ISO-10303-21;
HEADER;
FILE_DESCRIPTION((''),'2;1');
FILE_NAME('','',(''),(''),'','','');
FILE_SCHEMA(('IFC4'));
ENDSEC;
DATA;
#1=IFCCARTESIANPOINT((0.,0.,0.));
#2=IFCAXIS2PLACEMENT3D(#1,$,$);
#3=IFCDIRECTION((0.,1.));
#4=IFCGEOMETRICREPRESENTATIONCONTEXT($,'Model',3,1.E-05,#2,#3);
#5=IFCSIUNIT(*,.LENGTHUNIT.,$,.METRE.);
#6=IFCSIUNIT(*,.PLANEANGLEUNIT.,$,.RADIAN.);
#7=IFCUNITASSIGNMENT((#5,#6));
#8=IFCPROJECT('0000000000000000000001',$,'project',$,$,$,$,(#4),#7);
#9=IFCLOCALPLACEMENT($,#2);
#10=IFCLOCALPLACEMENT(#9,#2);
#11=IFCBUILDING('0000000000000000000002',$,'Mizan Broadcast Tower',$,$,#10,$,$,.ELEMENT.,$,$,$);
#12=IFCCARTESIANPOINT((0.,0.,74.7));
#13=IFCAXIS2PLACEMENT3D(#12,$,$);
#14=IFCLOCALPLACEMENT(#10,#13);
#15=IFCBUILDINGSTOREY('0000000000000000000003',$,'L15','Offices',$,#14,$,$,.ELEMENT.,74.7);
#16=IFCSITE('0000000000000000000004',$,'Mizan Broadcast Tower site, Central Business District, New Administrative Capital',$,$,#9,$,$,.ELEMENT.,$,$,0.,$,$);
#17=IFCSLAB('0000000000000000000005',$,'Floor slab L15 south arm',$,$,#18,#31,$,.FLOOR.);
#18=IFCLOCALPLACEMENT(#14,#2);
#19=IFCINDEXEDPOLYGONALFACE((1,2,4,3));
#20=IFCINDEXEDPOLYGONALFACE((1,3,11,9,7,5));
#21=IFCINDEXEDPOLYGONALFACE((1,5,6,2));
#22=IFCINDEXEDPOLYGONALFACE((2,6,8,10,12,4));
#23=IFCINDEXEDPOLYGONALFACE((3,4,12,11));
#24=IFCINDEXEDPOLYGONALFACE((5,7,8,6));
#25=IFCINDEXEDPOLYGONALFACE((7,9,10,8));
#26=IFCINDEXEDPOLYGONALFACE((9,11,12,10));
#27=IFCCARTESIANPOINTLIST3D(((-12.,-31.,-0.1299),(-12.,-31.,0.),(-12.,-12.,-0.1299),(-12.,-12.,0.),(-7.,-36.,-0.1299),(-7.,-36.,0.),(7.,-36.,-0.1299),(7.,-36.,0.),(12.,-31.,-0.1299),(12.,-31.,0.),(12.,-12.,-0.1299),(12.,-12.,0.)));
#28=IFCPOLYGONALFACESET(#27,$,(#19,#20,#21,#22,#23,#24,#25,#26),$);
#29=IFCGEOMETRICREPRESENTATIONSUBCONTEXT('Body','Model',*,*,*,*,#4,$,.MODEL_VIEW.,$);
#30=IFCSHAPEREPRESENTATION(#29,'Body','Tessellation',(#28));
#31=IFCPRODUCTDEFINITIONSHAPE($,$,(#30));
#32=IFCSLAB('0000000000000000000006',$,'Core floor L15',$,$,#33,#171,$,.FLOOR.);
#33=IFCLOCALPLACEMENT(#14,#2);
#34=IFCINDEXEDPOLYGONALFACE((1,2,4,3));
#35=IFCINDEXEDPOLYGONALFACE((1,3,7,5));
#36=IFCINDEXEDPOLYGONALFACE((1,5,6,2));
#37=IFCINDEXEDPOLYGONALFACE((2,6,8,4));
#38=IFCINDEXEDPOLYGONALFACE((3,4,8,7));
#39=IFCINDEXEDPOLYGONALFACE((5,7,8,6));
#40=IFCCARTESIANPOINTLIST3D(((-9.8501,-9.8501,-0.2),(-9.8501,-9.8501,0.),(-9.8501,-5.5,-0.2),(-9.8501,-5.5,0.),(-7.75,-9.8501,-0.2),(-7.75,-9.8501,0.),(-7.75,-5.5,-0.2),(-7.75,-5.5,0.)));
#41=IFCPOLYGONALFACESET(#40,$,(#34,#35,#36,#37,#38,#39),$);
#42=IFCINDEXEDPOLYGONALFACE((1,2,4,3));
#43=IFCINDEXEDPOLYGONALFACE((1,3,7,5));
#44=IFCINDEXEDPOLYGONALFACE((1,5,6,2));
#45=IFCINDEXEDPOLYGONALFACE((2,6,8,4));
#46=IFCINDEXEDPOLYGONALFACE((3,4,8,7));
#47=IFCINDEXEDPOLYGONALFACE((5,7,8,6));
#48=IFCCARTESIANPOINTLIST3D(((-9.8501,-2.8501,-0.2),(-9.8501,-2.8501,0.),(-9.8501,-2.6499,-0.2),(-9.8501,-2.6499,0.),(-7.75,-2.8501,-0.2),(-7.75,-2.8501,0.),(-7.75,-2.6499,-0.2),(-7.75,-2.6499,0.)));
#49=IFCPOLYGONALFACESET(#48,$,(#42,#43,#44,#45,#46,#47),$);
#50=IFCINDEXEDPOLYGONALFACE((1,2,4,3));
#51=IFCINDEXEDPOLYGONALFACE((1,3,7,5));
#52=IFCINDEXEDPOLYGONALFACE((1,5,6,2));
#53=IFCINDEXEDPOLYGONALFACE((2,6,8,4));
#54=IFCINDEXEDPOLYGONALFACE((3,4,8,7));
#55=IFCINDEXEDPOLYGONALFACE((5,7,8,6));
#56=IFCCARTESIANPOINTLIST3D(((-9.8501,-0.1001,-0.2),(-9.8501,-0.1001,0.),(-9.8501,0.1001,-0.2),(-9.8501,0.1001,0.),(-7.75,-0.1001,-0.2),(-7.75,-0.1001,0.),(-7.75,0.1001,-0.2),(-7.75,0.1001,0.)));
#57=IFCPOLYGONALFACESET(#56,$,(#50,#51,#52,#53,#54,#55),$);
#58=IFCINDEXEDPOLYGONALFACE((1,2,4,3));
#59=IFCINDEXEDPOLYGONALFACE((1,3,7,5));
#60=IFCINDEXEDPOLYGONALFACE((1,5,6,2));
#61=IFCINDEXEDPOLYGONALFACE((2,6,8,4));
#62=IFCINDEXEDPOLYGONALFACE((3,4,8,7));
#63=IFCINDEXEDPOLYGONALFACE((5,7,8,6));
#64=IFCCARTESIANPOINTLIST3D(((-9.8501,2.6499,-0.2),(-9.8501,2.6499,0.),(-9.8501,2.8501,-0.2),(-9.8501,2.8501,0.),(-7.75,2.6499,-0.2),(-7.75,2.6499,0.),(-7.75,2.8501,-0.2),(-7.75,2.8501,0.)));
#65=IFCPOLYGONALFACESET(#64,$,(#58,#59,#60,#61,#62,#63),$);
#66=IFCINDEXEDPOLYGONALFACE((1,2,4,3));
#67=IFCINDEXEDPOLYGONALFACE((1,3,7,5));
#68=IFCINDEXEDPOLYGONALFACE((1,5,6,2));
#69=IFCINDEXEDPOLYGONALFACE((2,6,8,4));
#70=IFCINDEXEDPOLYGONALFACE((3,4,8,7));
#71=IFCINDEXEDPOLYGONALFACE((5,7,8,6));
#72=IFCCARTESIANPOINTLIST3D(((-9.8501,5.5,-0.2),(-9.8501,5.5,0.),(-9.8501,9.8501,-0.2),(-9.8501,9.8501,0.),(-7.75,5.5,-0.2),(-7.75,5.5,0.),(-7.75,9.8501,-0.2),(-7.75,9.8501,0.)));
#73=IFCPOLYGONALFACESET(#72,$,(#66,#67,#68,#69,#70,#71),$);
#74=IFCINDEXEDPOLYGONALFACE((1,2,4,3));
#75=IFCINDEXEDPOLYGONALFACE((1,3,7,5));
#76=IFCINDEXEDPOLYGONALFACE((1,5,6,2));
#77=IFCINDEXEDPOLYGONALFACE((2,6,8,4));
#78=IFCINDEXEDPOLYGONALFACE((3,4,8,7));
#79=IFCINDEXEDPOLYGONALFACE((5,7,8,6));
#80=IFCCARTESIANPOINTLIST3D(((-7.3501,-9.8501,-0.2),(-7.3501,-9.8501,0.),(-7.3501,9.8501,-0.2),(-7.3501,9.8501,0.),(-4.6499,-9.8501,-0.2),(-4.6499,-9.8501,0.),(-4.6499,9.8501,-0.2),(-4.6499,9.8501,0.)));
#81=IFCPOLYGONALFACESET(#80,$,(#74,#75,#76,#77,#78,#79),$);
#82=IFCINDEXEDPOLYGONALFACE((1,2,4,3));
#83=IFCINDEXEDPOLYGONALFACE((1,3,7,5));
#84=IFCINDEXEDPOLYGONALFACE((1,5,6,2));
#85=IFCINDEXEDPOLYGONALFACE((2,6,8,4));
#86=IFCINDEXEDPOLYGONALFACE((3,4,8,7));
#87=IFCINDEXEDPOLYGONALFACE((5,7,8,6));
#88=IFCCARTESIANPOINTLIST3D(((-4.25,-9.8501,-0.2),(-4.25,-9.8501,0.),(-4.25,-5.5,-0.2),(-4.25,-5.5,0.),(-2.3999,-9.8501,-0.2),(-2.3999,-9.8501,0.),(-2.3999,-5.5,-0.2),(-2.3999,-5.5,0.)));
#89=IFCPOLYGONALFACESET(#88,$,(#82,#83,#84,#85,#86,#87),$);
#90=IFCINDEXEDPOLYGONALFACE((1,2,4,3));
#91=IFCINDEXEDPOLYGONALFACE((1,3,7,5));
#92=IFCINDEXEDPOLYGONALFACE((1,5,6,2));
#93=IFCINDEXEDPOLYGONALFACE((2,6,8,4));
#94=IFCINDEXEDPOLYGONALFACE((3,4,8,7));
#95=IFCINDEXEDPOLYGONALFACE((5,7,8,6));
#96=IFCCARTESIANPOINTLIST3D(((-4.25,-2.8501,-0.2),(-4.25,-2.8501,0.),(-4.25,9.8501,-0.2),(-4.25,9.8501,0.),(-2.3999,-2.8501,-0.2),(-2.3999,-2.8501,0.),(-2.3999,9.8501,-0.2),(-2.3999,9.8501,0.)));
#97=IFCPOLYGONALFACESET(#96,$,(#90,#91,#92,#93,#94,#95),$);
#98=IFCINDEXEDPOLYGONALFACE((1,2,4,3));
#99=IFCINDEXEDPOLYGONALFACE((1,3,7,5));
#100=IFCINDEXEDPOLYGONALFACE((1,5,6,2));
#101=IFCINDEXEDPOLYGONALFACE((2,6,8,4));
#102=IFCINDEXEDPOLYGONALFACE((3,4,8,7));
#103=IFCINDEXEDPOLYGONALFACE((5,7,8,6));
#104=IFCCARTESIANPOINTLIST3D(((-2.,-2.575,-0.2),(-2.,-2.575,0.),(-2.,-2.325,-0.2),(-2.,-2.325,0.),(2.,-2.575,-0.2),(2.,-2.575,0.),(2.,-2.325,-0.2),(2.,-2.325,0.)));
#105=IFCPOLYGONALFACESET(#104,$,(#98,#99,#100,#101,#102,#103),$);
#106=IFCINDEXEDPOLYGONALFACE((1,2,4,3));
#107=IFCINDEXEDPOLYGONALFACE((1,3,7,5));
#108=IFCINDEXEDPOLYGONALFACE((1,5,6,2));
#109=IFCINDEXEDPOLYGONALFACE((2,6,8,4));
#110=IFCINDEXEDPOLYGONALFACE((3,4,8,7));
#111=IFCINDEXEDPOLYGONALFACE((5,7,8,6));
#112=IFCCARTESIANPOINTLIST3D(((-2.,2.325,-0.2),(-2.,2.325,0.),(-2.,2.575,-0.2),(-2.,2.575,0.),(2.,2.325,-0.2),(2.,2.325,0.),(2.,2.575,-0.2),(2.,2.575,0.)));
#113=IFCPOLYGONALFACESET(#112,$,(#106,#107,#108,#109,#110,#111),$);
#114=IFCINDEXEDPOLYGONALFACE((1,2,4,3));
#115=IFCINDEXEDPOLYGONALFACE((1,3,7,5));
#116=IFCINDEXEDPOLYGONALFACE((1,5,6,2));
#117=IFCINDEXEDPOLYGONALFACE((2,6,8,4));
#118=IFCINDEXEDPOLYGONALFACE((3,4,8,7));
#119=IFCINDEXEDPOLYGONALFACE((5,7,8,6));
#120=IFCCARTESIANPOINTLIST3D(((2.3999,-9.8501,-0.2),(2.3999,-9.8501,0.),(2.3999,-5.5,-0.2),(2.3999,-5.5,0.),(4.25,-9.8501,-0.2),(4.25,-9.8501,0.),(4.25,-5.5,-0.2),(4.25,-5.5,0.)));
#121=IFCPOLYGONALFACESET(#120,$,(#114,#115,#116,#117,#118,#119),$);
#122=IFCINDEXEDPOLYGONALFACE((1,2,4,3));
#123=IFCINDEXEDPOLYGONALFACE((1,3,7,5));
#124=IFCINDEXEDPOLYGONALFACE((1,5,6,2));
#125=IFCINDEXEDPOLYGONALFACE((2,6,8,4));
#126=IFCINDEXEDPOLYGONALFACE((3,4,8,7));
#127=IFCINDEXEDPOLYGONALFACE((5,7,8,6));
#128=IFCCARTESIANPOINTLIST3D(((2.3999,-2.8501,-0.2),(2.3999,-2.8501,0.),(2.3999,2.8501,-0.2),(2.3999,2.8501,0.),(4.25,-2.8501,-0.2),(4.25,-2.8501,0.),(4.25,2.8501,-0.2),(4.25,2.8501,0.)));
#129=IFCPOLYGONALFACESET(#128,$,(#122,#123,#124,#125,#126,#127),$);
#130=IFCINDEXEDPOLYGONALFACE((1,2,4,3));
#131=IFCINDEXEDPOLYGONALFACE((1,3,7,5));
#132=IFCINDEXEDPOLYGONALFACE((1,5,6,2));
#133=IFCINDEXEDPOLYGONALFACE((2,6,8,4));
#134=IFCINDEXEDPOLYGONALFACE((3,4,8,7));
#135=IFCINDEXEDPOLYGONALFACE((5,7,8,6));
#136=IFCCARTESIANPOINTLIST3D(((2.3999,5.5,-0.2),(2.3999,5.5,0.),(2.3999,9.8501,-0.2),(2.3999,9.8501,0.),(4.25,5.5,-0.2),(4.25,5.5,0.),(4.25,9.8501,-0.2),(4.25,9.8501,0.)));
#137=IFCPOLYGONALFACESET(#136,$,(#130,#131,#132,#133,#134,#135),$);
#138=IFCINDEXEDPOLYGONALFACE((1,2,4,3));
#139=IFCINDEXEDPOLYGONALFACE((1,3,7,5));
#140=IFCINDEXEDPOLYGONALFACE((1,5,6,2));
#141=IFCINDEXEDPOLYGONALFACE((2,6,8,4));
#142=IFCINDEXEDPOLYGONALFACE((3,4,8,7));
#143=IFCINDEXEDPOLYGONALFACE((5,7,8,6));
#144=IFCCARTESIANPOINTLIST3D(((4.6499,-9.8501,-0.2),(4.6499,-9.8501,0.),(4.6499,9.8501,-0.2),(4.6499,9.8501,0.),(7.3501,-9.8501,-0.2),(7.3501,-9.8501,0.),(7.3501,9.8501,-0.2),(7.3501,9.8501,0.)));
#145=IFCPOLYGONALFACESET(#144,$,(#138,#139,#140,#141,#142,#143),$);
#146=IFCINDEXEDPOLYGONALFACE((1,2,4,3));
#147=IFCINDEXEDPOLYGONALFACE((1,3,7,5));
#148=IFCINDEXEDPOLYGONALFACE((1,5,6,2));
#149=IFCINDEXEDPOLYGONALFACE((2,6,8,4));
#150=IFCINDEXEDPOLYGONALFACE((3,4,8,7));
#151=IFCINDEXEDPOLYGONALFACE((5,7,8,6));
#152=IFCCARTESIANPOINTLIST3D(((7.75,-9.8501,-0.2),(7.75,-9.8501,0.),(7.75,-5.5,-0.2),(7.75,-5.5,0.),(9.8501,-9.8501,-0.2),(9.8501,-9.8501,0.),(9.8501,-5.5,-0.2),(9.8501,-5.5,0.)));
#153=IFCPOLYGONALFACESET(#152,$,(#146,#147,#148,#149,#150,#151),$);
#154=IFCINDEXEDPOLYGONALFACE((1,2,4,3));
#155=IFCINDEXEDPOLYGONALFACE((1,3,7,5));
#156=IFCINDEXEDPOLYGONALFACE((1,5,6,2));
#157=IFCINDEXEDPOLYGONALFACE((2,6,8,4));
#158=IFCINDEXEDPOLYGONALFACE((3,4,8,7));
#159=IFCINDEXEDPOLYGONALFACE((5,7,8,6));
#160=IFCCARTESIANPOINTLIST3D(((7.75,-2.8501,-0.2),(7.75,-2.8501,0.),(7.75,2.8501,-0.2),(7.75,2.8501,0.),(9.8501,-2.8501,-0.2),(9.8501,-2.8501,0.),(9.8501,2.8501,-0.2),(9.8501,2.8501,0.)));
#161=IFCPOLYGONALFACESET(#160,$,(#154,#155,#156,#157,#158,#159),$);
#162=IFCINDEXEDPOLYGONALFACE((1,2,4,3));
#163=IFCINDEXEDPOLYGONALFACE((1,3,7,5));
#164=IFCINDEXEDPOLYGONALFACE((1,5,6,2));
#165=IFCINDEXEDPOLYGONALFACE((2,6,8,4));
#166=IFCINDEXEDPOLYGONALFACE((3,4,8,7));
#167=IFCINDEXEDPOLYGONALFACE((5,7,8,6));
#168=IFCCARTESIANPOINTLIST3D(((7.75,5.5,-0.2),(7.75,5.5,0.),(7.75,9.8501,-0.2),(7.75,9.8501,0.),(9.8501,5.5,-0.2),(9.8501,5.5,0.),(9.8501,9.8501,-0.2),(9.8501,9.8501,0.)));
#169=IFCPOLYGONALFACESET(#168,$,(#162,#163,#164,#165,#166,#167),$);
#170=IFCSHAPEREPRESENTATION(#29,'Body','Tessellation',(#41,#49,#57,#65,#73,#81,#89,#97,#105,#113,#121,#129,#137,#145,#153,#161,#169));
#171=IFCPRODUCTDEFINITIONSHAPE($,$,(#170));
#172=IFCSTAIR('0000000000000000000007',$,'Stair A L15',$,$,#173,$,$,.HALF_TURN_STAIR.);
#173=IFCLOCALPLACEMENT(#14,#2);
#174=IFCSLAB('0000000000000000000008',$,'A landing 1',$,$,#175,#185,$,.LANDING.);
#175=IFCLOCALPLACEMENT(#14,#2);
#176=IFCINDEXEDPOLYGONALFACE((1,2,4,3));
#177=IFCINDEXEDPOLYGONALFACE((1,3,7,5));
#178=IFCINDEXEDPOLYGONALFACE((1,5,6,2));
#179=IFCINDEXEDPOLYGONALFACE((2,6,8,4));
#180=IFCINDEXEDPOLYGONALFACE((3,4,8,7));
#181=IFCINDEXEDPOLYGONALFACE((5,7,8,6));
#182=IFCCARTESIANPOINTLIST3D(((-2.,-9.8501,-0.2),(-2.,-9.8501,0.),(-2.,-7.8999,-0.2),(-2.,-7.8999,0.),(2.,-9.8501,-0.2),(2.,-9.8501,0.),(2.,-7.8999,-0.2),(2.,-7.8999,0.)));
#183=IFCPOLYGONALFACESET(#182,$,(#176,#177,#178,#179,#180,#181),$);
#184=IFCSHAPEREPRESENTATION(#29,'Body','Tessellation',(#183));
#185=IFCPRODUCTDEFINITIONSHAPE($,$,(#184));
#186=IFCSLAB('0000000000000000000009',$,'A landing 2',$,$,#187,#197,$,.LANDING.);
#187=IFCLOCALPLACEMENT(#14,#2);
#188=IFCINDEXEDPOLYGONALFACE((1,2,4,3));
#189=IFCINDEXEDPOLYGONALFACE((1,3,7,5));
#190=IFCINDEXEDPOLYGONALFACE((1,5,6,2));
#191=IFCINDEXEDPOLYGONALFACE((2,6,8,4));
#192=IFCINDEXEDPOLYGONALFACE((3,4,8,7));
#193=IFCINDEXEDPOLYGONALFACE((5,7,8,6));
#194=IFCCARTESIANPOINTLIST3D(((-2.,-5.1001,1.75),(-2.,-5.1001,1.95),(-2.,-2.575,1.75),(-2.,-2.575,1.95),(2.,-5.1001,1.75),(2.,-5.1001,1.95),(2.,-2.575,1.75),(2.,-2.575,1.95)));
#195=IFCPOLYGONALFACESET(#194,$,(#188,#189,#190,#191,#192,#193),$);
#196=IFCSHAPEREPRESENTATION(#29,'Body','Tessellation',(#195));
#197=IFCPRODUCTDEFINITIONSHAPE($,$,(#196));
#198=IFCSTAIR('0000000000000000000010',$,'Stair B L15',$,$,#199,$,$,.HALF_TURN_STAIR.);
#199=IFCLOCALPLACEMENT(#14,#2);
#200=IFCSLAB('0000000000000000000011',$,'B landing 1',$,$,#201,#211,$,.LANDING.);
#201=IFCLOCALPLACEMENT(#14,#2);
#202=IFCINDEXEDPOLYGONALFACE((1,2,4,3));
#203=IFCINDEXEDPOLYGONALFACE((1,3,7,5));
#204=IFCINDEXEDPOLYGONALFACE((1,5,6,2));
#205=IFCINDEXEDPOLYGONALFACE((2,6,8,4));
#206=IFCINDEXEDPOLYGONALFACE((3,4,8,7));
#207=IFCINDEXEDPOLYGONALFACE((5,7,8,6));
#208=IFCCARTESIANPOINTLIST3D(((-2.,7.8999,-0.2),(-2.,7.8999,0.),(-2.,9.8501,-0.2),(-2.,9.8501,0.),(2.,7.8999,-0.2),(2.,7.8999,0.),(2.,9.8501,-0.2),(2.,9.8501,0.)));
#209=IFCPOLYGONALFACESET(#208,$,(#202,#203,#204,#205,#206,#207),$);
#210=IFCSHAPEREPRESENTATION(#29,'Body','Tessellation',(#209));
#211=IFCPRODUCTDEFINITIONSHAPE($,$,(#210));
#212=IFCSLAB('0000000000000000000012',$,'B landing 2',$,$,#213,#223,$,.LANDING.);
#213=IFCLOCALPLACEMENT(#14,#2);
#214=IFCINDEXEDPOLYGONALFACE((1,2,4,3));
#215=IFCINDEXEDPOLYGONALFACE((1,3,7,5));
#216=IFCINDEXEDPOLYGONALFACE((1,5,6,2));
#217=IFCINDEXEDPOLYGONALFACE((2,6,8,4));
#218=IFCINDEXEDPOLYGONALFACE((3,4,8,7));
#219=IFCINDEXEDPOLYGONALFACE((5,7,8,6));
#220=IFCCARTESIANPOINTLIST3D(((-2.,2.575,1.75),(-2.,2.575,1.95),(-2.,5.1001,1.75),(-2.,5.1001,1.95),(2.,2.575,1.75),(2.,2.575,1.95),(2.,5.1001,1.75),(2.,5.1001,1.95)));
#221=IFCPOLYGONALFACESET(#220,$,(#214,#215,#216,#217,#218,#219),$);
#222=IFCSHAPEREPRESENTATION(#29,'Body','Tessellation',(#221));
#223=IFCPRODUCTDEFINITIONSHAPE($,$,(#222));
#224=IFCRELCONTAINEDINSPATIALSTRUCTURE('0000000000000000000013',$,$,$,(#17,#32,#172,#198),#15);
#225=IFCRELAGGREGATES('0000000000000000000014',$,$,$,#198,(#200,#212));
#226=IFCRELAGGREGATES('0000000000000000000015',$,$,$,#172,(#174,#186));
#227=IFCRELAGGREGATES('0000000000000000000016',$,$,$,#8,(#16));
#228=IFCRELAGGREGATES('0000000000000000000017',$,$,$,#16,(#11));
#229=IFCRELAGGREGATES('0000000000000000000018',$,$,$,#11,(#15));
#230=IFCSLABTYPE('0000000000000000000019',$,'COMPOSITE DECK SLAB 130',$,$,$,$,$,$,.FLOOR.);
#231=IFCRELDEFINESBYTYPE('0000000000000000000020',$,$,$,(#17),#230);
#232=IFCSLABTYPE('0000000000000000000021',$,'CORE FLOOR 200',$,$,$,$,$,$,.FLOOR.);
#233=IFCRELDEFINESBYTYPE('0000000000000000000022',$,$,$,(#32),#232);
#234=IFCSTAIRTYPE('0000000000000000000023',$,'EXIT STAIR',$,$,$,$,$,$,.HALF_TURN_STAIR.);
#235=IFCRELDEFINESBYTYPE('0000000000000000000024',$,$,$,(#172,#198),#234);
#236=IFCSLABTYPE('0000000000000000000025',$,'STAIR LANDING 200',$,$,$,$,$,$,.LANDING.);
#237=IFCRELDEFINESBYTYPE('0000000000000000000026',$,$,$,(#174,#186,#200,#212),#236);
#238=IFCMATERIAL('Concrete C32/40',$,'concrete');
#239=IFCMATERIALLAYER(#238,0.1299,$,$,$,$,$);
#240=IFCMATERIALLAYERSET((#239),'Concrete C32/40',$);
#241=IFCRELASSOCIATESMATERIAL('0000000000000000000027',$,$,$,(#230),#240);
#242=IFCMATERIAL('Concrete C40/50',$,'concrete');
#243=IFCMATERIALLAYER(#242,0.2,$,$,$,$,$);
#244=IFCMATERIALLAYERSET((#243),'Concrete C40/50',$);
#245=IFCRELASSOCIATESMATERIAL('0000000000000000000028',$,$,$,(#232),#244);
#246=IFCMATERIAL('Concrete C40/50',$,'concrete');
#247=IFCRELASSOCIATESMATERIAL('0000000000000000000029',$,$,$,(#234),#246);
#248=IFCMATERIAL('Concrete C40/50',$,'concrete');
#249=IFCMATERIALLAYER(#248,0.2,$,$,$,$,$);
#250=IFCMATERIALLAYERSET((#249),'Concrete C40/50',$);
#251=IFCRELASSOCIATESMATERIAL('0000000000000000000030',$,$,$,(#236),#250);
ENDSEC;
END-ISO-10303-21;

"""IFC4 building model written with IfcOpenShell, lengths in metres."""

from ifc_helpers import new_model, si_unit, direction, frame, origin, place, context, subcontext, project, spatial, polyline, outline, extrude, material, layer, layer_set, type_object, element, aggregate, save


model = new_model("IFC4")

# Units and contexts
model_context = context("Model", 3, precision=1e-05, world=origin(), true_north=direction((0.0, 1.0)))
body_context = subcontext(model_context, "Body", "Model", "MODEL_VIEW")
ifc_project = project(units=[si_unit("LENGTHUNIT", "METRE"), si_unit("PLANEANGLEUNIT", "RADIAN")], contexts=[model_context])

# Site, building, storey
site_placement = place(None, origin())
site = spatial("IfcSite", under=ifc_project, at=site_placement, Name="Mizan Broadcast Tower site, Central Business District, New Administrative Capital", CompositionType="ELEMENT", RefElevation=0.0)
building_placement = place(site_placement, origin())
building = spatial("IfcBuilding", under=site, at=building_placement, Name="Mizan Broadcast Tower", CompositionType="ELEMENT")
storey_placement = place(building_placement, frame((0.0, 0.0, 74.7)))
storey = spatial("IfcBuildingStorey", under=building, at=storey_placement, Name="L15", Description="Offices", CompositionType="ELEMENT", Elevation=74.7)

# Slabs
ifc_material_1 = material(Name="Concrete C32/40", Category="concrete")
ifc_layer_1 = layer(ifc_material_1, 0.1299)
ifc_layer_set_1 = layer_set([ifc_layer_1], Name="Concrete C32/40")
slab_type_1 = type_object("IfcSlabType", Name="COMPOSITE DECK SLAB 130", PredefinedType="FLOOR", material=ifc_layer_set_1)
slab_1_placement = place(storey_placement, frame((0.0, 0.0, -0.1299)))
element("IfcSlab", 1, at=slab_1_placement, inside=storey, type_object=slab_type_1, Name="Floor slab L15 south arm", PredefinedType="FLOOR", context=body_context, shape_type="SweptSolid", body=[
    extrude(outline(polyline([(7.0, -36.0), (12.0, -31.0), (12.0, -12.0), (-12.0, -12.0), (-12.0, -31.0), (-7.0, -36.0), (7.0, -36.0)])), origin(), (0.0, 0.0, 1.0), 0.1299),
])
ifc_material_2 = material(Name="Concrete C40/50", Category="concrete")
ifc_layer_2 = layer(ifc_material_2, 0.2)
ifc_layer_set_2 = layer_set([ifc_layer_2], Name="Concrete C40/50")
slab_type_2 = type_object("IfcSlabType", Name="CORE FLOOR 200", PredefinedType="FLOOR", material=ifc_layer_set_2)
slab_2_placement = place(storey_placement, frame((0.0, 0.0, -0.2)))
element("IfcSlab", 2, at=slab_2_placement, inside=storey, type_object=slab_type_2, Name="Core floor L15", PredefinedType="FLOOR", context=body_context, shape_type="SweptSolid", body=[
    extrude(outline(polyline([(-9.8501, -9.8501), (-7.75, -9.8501), (-7.75, -5.5), (-9.8501, -5.5), (-9.8501, -9.8501)])), origin(), (0.0, 0.0, 1.0), 0.2),
    extrude(outline(polyline([(-9.8501, -2.8501), (-7.75, -2.8501), (-7.75, -2.6499), (-9.8501, -2.6499), (-9.8501, -2.8501)])), origin(), (0.0, 0.0, 1.0), 0.2),
    extrude(outline(polyline([(-9.8501, -0.1001), (-7.75, -0.1001), (-7.75, 0.1001), (-9.8501, 0.1001), (-9.8501, -0.1001)])), origin(), (0.0, 0.0, 1.0), 0.2),
    extrude(outline(polyline([(-9.8501, 2.6499), (-7.75, 2.6499), (-7.75, 2.8501), (-9.8501, 2.8501), (-9.8501, 2.6499)])), origin(), (0.0, 0.0, 1.0), 0.2),
    extrude(outline(polyline([(-9.8501, 5.5), (-7.75, 5.5), (-7.75, 9.8501), (-9.8501, 9.8501), (-9.8501, 5.5)])), origin(), (0.0, 0.0, 1.0), 0.2),
    extrude(outline(polyline([(-4.6499, 9.8501), (-7.3501, 9.8501), (-7.3501, -9.8501), (-4.6499, -9.8501), (-4.6499, 9.8501)])), origin(), (0.0, 0.0, 1.0), 0.2),
    extrude(outline(polyline([(-4.25, -5.5), (-4.25, -9.8501), (-2.3999, -9.8501), (-2.3999, -5.5), (-4.25, -5.5)])), origin(), (0.0, 0.0, 1.0), 0.2),
    extrude(outline(polyline([(-4.25, -2.8501), (-2.3999, -2.8501), (-2.3999, 9.8501), (-4.25, 9.8501), (-4.25, -2.8501)])), origin(), (0.0, 0.0, 1.0), 0.2),
    extrude(outline(polyline([(2.0, -2.325), (-2.0, -2.325), (-2.0, -2.575), (2.0, -2.575), (2.0, -2.325)])), origin(), (0.0, 0.0, 1.0), 0.2),
    extrude(outline(polyline([(2.0, 2.575), (-2.0, 2.575), (-2.0, 2.325), (2.0, 2.325), (2.0, 2.575)])), origin(), (0.0, 0.0, 1.0), 0.2),
    extrude(outline(polyline([(4.25, -9.8501), (4.25, -5.5), (2.3999, -5.5), (2.3999, -9.8501), (4.25, -9.8501)])), origin(), (0.0, 0.0, 1.0), 0.2),
    extrude(outline(polyline([(4.25, -2.8501), (4.25, 2.8501), (2.3999, 2.8501), (2.3999, -2.8501), (4.25, -2.8501)])), origin(), (0.0, 0.0, 1.0), 0.2),
    extrude(outline(polyline([(4.25, 5.5), (4.25, 9.8501), (2.3999, 9.8501), (2.3999, 5.5), (4.25, 5.5)])), origin(), (0.0, 0.0, 1.0), 0.2),
    extrude(outline(polyline([(4.6499, 9.8501), (4.6499, -9.8501), (7.3501, -9.8501), (7.3501, 9.8501), (4.6499, 9.8501)])), origin(), (0.0, 0.0, 1.0), 0.2),
    extrude(outline(polyline([(9.8501, -9.8501), (9.8501, -5.5), (7.75, -5.5), (7.75, -9.8501), (9.8501, -9.8501)])), origin(), (0.0, 0.0, 1.0), 0.2),
    extrude(outline(polyline([(7.75, 2.8501), (7.75, -2.8501), (9.8501, -2.8501), (9.8501, 2.8501), (7.75, 2.8501)])), origin(), (0.0, 0.0, 1.0), 0.2),
    extrude(outline(polyline([(9.8501, 5.5), (9.8501, 9.8501), (7.75, 9.8501), (7.75, 5.5), (9.8501, 5.5)])), origin(), (0.0, 0.0, 1.0), 0.2),
])

# Stairs, slabs
ifc_material_3 = material(Name="Concrete C40/50", Category="concrete")
stair_type = type_object("IfcStairType", Name="EXIT STAIR", PredefinedType="HALF_TURN_STAIR", material=ifc_material_3)
stair_1_placement = place(storey_placement, origin())
stair_1 = element("IfcStair", 3, at=stair_1_placement, inside=storey, type_object=stair_type, Name="Stair A L15", PredefinedType="HALF_TURN_STAIR")
ifc_material_4 = material(Name="Concrete C40/50", Category="concrete")
ifc_layer_3 = layer(ifc_material_4, 0.2)
ifc_layer_set_3 = layer_set([ifc_layer_3], Name="Concrete C40/50")
slab_type_3 = type_object("IfcSlabType", Name="STAIR LANDING 200", PredefinedType="LANDING", material=ifc_layer_set_3)
slab_3_placement = place(storey_placement, frame((0.0, 0.0, -0.2)))
slab_3 = element("IfcSlab", 4, at=slab_3_placement, type_object=slab_type_3, Name="A landing 1", PredefinedType="LANDING", context=body_context, shape_type="SweptSolid", body=[
    extrude(outline(polyline([(-2.0, -9.8501), (-2.0, -7.8999), (2.0, -7.8999), (2.0, -9.8501), (-2.0, -9.8501)])), origin(), (0.0, 0.0, 1.0), 0.2),
])
slab_4_placement = place(storey_placement, frame((0.0, 0.0, 1.75)))
slab_4 = element("IfcSlab", 5, at=slab_4_placement, type_object=slab_type_3, Name="A landing 2", PredefinedType="LANDING", context=body_context, shape_type="SweptSolid", body=[
    extrude(outline(polyline([(-2.0, -5.1001), (-2.0, -2.575), (2.0, -2.575), (2.0, -5.1001), (-2.0, -5.1001)])), origin(), (0.0, 0.0, 1.0), 0.2),
])
stair_2_placement = place(storey_placement, origin())
stair_2 = element("IfcStair", 6, at=stair_2_placement, inside=storey, type_object=stair_type, Name="Stair B L15", PredefinedType="HALF_TURN_STAIR")
slab_5_placement = place(storey_placement, frame((0.0, 0.0, -0.2)))
slab_5 = element("IfcSlab", 7, at=slab_5_placement, type_object=slab_type_3, Name="B landing 1", PredefinedType="LANDING", context=body_context, shape_type="SweptSolid", body=[
    extrude(outline(polyline([(2.0, 9.8501), (2.0, 7.8999), (-2.0, 7.8999), (-2.0, 9.8501), (2.0, 9.8501)])), origin(), (0.0, 0.0, 1.0), 0.2),
])
slab_6_placement = place(storey_placement, frame((0.0, 0.0, 1.75)))
slab_6 = element("IfcSlab", 8, at=slab_6_placement, type_object=slab_type_3, Name="B landing 2", PredefinedType="LANDING", context=body_context, shape_type="SweptSolid", body=[
    extrude(outline(polyline([(2.0, 5.1001), (2.0, 2.575), (-2.0, 2.575), (-2.0, 5.1001), (2.0, 5.1001)])), origin(), (0.0, 0.0, 1.0), 0.2),
])
aggregate(stair_2, [slab_5, slab_6])

aggregate(stair_1, [slab_3, slab_4])

save(model, "model.ifc")
